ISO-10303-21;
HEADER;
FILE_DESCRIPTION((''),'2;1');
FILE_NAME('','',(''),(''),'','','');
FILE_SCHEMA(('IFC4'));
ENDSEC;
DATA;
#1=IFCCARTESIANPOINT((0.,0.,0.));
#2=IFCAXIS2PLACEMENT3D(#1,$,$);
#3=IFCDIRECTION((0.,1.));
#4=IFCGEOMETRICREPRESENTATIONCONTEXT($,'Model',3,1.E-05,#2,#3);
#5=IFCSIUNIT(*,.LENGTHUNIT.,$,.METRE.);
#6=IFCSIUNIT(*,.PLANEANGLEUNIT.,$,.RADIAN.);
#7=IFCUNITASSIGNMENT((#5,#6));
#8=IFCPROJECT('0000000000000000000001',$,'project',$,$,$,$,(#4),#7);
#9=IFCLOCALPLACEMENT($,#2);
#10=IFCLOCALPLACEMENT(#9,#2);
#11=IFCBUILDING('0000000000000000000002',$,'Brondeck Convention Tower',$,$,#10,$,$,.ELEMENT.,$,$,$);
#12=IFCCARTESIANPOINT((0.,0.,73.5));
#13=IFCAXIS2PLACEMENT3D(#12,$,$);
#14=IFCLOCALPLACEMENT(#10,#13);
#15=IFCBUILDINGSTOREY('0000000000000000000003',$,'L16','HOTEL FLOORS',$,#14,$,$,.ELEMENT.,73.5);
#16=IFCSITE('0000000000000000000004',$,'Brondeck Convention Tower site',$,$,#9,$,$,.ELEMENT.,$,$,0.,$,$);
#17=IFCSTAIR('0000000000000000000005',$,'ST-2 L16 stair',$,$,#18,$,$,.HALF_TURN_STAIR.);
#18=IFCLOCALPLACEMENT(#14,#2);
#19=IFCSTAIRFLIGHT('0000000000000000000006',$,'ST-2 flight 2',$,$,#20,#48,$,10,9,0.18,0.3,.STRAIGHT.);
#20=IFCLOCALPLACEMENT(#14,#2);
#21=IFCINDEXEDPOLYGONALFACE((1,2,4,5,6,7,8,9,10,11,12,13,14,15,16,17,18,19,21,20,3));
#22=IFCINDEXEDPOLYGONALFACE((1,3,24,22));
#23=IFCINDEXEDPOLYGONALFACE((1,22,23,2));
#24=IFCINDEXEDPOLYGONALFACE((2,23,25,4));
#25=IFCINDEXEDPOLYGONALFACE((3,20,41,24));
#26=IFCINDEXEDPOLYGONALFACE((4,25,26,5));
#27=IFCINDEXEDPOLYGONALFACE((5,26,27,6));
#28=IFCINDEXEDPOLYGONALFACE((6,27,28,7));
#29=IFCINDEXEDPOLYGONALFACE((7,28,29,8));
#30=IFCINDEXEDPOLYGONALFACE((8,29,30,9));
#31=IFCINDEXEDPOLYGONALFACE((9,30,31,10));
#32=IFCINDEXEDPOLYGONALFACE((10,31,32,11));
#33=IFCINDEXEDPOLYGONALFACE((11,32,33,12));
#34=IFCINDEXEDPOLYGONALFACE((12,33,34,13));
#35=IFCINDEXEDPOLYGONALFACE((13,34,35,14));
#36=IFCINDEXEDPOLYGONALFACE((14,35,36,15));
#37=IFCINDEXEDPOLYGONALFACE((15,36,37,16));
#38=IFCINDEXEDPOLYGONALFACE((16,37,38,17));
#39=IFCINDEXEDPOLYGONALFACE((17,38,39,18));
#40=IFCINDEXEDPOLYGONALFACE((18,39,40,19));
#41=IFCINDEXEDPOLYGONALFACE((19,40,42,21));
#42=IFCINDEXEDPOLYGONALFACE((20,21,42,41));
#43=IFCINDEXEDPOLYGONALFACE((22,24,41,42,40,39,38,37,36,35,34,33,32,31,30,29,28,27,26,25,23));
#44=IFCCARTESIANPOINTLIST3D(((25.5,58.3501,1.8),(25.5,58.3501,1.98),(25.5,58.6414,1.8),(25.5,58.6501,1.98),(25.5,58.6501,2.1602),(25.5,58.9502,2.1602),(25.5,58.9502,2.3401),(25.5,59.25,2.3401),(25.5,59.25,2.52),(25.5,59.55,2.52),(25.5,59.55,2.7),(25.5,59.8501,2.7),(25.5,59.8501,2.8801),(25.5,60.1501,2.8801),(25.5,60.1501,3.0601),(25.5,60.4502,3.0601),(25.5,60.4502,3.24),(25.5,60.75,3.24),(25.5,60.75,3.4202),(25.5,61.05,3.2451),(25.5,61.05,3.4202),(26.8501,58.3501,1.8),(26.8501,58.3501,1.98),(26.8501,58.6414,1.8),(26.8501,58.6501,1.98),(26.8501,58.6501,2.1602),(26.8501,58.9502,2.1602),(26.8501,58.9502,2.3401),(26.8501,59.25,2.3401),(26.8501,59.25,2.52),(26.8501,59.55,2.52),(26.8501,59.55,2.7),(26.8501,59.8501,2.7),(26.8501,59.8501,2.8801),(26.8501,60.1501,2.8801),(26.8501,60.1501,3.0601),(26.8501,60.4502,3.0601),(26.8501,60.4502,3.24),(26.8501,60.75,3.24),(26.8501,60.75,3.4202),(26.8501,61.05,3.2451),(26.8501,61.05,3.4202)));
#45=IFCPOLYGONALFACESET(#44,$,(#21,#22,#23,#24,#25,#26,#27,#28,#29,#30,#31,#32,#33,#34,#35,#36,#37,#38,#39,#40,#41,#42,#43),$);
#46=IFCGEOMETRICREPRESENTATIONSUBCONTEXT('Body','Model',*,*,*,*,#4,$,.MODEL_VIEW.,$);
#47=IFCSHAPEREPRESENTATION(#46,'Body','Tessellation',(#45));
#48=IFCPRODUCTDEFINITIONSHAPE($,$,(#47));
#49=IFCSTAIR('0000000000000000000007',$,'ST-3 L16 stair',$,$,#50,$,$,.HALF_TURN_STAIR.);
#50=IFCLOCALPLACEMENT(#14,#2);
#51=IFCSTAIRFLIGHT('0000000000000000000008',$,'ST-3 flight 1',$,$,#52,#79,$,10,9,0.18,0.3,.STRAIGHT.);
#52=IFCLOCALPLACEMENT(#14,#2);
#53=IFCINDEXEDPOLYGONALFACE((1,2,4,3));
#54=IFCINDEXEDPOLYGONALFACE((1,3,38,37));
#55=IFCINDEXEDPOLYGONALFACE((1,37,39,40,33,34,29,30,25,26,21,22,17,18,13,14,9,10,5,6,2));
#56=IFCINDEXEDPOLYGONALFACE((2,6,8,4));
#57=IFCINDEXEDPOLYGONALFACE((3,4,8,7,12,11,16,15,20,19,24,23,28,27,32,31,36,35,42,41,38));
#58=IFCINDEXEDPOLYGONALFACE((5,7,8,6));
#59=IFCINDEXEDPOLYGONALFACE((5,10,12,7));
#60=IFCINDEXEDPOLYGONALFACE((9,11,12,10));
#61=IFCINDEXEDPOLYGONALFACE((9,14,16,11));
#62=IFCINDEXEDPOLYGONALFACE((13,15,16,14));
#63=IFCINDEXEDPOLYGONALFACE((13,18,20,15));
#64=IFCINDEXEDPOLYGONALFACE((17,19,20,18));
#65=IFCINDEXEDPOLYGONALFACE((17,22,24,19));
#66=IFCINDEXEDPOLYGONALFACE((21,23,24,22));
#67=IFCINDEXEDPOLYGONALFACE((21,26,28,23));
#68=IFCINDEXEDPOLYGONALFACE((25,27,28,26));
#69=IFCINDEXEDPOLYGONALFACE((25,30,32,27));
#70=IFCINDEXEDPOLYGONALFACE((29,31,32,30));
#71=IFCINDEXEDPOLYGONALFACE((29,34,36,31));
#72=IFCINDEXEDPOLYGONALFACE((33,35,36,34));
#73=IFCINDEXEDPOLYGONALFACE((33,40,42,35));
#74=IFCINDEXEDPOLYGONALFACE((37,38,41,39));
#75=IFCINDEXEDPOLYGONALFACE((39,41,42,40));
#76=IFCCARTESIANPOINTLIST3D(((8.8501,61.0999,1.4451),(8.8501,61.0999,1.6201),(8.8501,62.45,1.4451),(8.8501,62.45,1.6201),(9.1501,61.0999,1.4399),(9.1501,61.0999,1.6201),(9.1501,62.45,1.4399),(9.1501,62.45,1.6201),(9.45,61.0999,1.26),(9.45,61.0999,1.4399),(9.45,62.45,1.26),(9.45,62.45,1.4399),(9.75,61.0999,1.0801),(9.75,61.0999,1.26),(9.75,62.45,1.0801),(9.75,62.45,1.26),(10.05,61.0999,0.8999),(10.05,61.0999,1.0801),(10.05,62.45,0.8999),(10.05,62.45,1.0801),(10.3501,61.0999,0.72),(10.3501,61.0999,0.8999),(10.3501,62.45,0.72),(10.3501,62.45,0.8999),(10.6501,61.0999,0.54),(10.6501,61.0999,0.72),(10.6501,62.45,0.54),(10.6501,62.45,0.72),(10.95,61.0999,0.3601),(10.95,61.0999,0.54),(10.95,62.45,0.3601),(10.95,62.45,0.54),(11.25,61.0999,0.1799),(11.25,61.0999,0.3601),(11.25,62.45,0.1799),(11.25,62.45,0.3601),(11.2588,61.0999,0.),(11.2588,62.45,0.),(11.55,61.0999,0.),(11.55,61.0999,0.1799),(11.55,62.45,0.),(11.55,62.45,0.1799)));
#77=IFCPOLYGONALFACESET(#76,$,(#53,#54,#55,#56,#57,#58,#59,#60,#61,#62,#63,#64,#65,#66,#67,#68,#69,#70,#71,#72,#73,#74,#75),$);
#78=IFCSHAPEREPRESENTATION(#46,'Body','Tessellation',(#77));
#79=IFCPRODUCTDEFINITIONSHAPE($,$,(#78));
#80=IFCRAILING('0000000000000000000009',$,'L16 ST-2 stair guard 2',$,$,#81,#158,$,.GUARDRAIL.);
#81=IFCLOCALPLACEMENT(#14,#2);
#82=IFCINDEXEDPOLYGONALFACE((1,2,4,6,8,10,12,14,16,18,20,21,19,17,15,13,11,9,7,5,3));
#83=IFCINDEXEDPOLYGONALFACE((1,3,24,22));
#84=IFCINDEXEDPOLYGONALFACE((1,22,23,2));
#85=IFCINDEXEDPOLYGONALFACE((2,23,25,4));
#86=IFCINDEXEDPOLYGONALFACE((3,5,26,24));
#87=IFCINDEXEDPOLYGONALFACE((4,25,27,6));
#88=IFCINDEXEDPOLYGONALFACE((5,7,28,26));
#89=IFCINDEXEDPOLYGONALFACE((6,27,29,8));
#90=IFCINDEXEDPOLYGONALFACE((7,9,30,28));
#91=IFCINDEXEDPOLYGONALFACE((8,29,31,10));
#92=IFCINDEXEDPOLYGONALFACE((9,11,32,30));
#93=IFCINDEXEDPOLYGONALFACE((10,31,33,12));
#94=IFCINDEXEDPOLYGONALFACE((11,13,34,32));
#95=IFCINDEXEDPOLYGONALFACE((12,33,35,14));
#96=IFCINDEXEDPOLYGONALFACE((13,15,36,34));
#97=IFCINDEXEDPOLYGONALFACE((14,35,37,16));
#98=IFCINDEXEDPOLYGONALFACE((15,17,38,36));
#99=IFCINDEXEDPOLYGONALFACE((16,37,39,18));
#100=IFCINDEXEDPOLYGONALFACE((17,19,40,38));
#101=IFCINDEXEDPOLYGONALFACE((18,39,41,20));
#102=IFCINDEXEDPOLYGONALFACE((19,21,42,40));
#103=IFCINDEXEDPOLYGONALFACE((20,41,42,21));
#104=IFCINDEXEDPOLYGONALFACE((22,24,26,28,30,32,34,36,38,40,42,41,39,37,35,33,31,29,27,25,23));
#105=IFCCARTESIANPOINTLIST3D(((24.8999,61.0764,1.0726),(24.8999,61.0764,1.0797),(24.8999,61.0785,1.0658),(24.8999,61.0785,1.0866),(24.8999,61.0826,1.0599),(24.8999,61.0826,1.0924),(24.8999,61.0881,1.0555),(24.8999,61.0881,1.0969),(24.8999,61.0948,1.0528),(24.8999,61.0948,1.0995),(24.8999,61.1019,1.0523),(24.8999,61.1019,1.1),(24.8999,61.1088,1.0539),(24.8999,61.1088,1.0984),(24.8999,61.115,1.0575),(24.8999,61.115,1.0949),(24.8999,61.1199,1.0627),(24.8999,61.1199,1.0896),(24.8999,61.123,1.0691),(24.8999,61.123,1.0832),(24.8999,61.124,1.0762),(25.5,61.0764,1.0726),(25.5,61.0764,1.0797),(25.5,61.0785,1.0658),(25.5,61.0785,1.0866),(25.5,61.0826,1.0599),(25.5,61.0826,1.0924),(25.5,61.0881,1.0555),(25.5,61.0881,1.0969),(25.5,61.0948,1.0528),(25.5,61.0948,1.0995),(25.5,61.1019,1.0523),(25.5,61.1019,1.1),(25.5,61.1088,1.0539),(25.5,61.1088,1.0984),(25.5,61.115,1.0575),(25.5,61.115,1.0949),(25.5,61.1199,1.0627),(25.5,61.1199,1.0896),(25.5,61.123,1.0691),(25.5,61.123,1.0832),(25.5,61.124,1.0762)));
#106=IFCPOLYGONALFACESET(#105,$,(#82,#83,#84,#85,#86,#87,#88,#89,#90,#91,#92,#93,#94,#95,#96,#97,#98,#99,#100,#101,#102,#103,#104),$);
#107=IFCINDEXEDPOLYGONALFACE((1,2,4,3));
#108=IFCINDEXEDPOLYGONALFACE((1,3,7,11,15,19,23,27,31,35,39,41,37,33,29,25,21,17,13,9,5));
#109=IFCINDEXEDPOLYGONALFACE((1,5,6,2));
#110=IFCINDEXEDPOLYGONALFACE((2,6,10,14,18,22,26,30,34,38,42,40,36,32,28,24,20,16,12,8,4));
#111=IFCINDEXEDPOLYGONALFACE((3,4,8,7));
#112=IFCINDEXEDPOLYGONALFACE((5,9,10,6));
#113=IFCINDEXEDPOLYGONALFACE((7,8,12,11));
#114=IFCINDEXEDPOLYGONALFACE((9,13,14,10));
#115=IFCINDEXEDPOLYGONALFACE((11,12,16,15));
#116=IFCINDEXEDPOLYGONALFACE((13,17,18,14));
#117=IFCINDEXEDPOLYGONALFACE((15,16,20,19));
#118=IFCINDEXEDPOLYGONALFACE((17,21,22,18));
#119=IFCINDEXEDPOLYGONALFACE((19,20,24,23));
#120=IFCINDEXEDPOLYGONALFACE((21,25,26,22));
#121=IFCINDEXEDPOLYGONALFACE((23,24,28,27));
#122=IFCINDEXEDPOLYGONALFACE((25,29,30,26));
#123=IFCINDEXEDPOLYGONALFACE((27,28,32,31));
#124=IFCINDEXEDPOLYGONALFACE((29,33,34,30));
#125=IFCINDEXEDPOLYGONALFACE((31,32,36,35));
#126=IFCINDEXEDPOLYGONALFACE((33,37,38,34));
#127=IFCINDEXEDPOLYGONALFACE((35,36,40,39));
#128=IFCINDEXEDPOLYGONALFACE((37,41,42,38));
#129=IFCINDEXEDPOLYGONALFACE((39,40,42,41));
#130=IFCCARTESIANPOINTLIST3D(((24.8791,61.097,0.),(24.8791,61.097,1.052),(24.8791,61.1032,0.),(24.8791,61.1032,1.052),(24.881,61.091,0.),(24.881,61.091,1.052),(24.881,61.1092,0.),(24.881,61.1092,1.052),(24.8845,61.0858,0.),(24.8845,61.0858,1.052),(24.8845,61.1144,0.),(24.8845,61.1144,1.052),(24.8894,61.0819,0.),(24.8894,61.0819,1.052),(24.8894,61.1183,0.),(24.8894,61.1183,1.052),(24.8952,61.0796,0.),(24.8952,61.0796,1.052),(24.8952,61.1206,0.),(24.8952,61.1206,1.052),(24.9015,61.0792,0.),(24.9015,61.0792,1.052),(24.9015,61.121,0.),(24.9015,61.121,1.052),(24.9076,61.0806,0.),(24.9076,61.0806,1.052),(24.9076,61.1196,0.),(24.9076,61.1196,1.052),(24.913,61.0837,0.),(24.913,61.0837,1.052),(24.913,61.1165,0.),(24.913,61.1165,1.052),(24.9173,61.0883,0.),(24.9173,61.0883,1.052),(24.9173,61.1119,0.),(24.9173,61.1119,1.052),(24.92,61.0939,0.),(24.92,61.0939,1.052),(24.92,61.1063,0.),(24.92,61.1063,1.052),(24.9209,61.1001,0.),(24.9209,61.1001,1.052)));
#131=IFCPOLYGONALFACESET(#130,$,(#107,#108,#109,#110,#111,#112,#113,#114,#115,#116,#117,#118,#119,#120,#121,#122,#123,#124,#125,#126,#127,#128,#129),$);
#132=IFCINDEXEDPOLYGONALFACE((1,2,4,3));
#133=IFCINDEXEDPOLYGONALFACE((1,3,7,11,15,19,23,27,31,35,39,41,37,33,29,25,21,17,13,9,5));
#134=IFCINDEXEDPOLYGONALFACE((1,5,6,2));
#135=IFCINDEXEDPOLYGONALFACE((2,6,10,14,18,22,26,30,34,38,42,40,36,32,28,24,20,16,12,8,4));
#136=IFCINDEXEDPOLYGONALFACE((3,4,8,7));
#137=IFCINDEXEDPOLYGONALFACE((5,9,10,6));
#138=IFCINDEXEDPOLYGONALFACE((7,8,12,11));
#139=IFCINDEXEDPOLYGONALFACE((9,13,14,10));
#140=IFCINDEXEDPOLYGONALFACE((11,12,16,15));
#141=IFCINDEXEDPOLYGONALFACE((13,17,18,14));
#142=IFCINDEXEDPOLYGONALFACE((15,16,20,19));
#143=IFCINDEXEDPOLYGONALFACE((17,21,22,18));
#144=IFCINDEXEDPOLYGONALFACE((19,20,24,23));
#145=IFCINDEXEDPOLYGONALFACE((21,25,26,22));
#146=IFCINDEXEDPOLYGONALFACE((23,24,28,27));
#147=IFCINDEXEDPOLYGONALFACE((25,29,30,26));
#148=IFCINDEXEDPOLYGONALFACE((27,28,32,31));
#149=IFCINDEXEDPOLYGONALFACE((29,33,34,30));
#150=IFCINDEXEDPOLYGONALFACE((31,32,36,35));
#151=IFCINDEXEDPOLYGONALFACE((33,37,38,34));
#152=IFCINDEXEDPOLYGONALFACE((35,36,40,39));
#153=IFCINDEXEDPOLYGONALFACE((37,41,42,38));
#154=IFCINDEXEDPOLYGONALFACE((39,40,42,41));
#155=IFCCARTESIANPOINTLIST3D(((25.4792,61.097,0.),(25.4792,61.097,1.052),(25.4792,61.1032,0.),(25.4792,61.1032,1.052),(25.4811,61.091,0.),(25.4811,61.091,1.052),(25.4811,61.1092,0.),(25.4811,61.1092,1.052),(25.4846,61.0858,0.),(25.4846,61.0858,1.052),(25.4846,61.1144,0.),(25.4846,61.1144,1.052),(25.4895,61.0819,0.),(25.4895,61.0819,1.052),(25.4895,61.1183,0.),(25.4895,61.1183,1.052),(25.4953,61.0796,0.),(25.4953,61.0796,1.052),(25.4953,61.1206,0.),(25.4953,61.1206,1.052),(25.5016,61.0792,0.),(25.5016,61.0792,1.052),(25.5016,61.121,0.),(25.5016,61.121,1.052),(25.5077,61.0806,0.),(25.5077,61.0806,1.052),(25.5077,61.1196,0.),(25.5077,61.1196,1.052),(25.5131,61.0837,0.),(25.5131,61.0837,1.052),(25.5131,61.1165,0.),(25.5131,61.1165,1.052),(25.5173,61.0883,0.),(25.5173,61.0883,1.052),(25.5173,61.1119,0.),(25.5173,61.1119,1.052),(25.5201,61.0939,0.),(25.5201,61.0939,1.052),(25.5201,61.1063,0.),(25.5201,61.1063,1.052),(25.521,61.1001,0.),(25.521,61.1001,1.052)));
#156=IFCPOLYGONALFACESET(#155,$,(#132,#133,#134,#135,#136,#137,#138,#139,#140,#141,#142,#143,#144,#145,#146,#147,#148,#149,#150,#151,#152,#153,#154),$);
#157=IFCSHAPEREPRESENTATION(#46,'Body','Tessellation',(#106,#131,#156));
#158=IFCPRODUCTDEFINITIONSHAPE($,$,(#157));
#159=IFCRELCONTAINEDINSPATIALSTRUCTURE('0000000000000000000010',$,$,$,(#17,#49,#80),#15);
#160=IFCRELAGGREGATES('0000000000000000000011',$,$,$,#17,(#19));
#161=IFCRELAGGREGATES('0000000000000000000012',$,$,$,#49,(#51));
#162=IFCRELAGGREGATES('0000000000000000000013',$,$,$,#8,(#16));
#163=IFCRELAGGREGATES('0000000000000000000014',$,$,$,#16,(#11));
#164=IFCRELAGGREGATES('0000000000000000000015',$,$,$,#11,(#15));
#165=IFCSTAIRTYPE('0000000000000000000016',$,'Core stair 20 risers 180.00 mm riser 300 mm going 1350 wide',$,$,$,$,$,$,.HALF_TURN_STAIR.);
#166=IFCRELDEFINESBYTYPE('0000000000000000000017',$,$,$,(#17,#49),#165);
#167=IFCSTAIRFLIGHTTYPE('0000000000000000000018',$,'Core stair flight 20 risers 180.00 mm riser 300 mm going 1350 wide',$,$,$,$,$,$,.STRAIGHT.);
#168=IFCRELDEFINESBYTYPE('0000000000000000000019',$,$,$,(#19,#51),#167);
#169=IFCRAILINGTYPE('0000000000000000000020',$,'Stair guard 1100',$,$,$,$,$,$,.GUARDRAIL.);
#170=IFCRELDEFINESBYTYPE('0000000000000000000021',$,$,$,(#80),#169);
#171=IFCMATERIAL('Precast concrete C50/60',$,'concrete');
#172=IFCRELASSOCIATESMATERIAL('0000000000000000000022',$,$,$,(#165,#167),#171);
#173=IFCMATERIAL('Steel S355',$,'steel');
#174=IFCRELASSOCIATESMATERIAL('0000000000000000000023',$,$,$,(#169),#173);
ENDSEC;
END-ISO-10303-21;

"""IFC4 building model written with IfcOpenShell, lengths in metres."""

from ifc_helpers import new_model, si_unit, direction, frame, origin, origin_2d, place, context, subcontext, project, spatial, polyline, circle, outline, extrude, material, type_object, element, aggregate, save


model = new_model("IFC4")

# Units and contexts
model_context = context("Model", 3, precision=1e-05, world=origin(), true_north=direction((0.0, 1.0)))
body_context = subcontext(model_context, "Body", "Model", "MODEL_VIEW")
ifc_project = project(units=[si_unit("LENGTHUNIT", "METRE"), si_unit("PLANEANGLEUNIT", "RADIAN")], contexts=[model_context])

# Site, building, storey
site_placement = place(None, origin())
site = spatial("IfcSite", under=ifc_project, at=site_placement, Name="Brondeck Convention Tower site", CompositionType="ELEMENT", RefElevation=0.0)
building_placement = place(site_placement, origin())
building = spatial("IfcBuilding", under=site, at=building_placement, Name="Brondeck Convention Tower", CompositionType="ELEMENT")
storey_placement = place(building_placement, frame((0.0, 0.0, 73.5)))
storey = spatial("IfcBuildingStorey", under=building, at=storey_placement, Name="L16", Description="HOTEL FLOORS", CompositionType="ELEMENT", Elevation=73.5)

# Stair, stair flight
ifc_material_1 = material(Name="Precast concrete C50/60", Category="concrete")
stair_type = type_object("IfcStairType", Name="Core stair 20 risers 180.00 mm riser 300 mm going 1350 wide", PredefinedType="HALF_TURN_STAIR", material=ifc_material_1)
stair_1_placement = place(storey_placement, origin())
stair_1 = element("IfcStair", 1, at=stair_1_placement, inside=storey, type_object=stair_type, Name="ST-2 L16 stair", PredefinedType="HALF_TURN_STAIR")
stair_flight_type = type_object("IfcStairFlightType", Name="Core stair flight 20 risers 180.00 mm riser 300 mm going 1350 wide", PredefinedType="STRAIGHT", material=ifc_material_1)
stair_flight_1_placement = place(storey_placement, frame((26.175, 58.3501, 1.8), z_axis=(0.0, 0.0, 1.0), x_axis=(0.0, 1.0, 0.0)))
stair_flight_1 = element("IfcStairFlight", 2, at=stair_flight_1_placement, type_object=stair_flight_type, Name="ST-2 flight 2", NumberOfRisers=10, NumberOfTreads=9, PredefinedType="STRAIGHT", RiserHeight=0.18, TreadLength=0.3, context=body_context, shape_type="SweptSolid", body=[
    extrude(outline(polyline([(0.0, 0.0), (0.0, 0.1799), (0.3, 0.1799), (0.3, 0.3601), (0.6001, 0.3601), (0.6001, 0.54), (0.8999, 0.54), (0.8999, 0.72), (1.2, 0.72), (1.2, 0.8999), (1.5, 0.8999), (1.5, 1.0801), (1.8, 1.0801), (1.8, 1.26), (2.1001, 1.26), (2.1001, 1.4399), (2.3999, 1.4399), (2.3999, 1.6201), (2.7, 1.6201), (2.7, 1.8), (2.7, 1.4451), (0.2913, 0.0), (0.0, 0.0)])), frame((0.0, 0.675, 0.0), z_axis=(0.0, -1.0, 0.0), x_axis=(1.0, 0.0, 0.0)), (0.0, 0.0, 1.0), 1.3501),
])
aggregate(stair_1, [stair_flight_1])

# Stair, stair flight
stair_2_placement = place(storey_placement, origin())
stair_2 = element("IfcStair", 3, at=stair_2_placement, inside=storey, type_object=stair_type, Name="ST-3 L16 stair", PredefinedType="HALF_TURN_STAIR")
stair_flight_2_placement = place(storey_placement, frame((11.55, 61.7749, 0.0), z_axis=(0.0, 0.0, 1.0), x_axis=(-1.0, 0.0, 0.0)))
stair_flight_2 = element("IfcStairFlight", 4, at=stair_flight_2_placement, type_object=stair_flight_type, Name="ST-3 flight 1", NumberOfRisers=10, NumberOfTreads=9, PredefinedType="STRAIGHT", RiserHeight=0.18, TreadLength=0.3, context=body_context, shape_type="SweptSolid", body=[
    extrude(outline(polyline([(0.0, 0.0), (0.0, 0.1799), (0.3, 0.1799), (0.3, 0.3601), (0.6001, 0.3601), (0.6001, 0.54), (0.8999, 0.54), (0.8999, 0.72), (1.2, 0.72), (1.2, 0.8999), (1.5, 0.8999), (1.5, 1.0801), (1.8, 1.0801), (1.8, 1.26), (2.1001, 1.26), (2.1001, 1.4399), (2.3999, 1.4399), (2.3999, 1.6201), (2.7, 1.6201), (2.7, 1.8), (2.7, 1.4451), (0.2913, 0.0), (0.0, 0.0)])), frame((0.0, 0.675, 0.0), z_axis=(0.0, -1.0, 0.0), x_axis=(1.0, 0.0, 0.0)), (0.0, 0.0, 1.0), 1.3501),
])
aggregate(stair_2, [stair_flight_2])

# Railing
ifc_material_2 = material(Name="Steel S355", Category="steel")
railing_type_1 = type_object("IfcRailingType", Name="Stair guard 1100", PredefinedType="GUARDRAIL", material=ifc_material_2)
railing_1_placement = place(storey_placement, frame((24.8999, 61.1001, 0.0)))
element("IfcRailing", 5, at=railing_1_placement, inside=storey, type_object=railing_type_1, Name="L16 ST-2 stair guard 2", PredefinedType="GUARDRAIL", context=body_context, shape_type="SweptSolid", body=[
    extrude(circle(Radius=0.0239, at=origin_2d()), frame((0.0, 0.0, 1.0762), z_axis=(1.0, 0.0, 0.0), x_axis=(0.0, 1.0, 0.0)), (0.0, 0.0, 1.0), 0.6001),
    extrude(circle(Radius=0.021, at=origin_2d()), origin(), (0.0, 0.0, 1.0), 1.052),
    extrude(circle(Radius=0.021, at=origin_2d()), frame((0.6001, 0.0, 0.0)), (0.0, 0.0, 1.0), 1.052),
])

save(model, "model.ifc")
